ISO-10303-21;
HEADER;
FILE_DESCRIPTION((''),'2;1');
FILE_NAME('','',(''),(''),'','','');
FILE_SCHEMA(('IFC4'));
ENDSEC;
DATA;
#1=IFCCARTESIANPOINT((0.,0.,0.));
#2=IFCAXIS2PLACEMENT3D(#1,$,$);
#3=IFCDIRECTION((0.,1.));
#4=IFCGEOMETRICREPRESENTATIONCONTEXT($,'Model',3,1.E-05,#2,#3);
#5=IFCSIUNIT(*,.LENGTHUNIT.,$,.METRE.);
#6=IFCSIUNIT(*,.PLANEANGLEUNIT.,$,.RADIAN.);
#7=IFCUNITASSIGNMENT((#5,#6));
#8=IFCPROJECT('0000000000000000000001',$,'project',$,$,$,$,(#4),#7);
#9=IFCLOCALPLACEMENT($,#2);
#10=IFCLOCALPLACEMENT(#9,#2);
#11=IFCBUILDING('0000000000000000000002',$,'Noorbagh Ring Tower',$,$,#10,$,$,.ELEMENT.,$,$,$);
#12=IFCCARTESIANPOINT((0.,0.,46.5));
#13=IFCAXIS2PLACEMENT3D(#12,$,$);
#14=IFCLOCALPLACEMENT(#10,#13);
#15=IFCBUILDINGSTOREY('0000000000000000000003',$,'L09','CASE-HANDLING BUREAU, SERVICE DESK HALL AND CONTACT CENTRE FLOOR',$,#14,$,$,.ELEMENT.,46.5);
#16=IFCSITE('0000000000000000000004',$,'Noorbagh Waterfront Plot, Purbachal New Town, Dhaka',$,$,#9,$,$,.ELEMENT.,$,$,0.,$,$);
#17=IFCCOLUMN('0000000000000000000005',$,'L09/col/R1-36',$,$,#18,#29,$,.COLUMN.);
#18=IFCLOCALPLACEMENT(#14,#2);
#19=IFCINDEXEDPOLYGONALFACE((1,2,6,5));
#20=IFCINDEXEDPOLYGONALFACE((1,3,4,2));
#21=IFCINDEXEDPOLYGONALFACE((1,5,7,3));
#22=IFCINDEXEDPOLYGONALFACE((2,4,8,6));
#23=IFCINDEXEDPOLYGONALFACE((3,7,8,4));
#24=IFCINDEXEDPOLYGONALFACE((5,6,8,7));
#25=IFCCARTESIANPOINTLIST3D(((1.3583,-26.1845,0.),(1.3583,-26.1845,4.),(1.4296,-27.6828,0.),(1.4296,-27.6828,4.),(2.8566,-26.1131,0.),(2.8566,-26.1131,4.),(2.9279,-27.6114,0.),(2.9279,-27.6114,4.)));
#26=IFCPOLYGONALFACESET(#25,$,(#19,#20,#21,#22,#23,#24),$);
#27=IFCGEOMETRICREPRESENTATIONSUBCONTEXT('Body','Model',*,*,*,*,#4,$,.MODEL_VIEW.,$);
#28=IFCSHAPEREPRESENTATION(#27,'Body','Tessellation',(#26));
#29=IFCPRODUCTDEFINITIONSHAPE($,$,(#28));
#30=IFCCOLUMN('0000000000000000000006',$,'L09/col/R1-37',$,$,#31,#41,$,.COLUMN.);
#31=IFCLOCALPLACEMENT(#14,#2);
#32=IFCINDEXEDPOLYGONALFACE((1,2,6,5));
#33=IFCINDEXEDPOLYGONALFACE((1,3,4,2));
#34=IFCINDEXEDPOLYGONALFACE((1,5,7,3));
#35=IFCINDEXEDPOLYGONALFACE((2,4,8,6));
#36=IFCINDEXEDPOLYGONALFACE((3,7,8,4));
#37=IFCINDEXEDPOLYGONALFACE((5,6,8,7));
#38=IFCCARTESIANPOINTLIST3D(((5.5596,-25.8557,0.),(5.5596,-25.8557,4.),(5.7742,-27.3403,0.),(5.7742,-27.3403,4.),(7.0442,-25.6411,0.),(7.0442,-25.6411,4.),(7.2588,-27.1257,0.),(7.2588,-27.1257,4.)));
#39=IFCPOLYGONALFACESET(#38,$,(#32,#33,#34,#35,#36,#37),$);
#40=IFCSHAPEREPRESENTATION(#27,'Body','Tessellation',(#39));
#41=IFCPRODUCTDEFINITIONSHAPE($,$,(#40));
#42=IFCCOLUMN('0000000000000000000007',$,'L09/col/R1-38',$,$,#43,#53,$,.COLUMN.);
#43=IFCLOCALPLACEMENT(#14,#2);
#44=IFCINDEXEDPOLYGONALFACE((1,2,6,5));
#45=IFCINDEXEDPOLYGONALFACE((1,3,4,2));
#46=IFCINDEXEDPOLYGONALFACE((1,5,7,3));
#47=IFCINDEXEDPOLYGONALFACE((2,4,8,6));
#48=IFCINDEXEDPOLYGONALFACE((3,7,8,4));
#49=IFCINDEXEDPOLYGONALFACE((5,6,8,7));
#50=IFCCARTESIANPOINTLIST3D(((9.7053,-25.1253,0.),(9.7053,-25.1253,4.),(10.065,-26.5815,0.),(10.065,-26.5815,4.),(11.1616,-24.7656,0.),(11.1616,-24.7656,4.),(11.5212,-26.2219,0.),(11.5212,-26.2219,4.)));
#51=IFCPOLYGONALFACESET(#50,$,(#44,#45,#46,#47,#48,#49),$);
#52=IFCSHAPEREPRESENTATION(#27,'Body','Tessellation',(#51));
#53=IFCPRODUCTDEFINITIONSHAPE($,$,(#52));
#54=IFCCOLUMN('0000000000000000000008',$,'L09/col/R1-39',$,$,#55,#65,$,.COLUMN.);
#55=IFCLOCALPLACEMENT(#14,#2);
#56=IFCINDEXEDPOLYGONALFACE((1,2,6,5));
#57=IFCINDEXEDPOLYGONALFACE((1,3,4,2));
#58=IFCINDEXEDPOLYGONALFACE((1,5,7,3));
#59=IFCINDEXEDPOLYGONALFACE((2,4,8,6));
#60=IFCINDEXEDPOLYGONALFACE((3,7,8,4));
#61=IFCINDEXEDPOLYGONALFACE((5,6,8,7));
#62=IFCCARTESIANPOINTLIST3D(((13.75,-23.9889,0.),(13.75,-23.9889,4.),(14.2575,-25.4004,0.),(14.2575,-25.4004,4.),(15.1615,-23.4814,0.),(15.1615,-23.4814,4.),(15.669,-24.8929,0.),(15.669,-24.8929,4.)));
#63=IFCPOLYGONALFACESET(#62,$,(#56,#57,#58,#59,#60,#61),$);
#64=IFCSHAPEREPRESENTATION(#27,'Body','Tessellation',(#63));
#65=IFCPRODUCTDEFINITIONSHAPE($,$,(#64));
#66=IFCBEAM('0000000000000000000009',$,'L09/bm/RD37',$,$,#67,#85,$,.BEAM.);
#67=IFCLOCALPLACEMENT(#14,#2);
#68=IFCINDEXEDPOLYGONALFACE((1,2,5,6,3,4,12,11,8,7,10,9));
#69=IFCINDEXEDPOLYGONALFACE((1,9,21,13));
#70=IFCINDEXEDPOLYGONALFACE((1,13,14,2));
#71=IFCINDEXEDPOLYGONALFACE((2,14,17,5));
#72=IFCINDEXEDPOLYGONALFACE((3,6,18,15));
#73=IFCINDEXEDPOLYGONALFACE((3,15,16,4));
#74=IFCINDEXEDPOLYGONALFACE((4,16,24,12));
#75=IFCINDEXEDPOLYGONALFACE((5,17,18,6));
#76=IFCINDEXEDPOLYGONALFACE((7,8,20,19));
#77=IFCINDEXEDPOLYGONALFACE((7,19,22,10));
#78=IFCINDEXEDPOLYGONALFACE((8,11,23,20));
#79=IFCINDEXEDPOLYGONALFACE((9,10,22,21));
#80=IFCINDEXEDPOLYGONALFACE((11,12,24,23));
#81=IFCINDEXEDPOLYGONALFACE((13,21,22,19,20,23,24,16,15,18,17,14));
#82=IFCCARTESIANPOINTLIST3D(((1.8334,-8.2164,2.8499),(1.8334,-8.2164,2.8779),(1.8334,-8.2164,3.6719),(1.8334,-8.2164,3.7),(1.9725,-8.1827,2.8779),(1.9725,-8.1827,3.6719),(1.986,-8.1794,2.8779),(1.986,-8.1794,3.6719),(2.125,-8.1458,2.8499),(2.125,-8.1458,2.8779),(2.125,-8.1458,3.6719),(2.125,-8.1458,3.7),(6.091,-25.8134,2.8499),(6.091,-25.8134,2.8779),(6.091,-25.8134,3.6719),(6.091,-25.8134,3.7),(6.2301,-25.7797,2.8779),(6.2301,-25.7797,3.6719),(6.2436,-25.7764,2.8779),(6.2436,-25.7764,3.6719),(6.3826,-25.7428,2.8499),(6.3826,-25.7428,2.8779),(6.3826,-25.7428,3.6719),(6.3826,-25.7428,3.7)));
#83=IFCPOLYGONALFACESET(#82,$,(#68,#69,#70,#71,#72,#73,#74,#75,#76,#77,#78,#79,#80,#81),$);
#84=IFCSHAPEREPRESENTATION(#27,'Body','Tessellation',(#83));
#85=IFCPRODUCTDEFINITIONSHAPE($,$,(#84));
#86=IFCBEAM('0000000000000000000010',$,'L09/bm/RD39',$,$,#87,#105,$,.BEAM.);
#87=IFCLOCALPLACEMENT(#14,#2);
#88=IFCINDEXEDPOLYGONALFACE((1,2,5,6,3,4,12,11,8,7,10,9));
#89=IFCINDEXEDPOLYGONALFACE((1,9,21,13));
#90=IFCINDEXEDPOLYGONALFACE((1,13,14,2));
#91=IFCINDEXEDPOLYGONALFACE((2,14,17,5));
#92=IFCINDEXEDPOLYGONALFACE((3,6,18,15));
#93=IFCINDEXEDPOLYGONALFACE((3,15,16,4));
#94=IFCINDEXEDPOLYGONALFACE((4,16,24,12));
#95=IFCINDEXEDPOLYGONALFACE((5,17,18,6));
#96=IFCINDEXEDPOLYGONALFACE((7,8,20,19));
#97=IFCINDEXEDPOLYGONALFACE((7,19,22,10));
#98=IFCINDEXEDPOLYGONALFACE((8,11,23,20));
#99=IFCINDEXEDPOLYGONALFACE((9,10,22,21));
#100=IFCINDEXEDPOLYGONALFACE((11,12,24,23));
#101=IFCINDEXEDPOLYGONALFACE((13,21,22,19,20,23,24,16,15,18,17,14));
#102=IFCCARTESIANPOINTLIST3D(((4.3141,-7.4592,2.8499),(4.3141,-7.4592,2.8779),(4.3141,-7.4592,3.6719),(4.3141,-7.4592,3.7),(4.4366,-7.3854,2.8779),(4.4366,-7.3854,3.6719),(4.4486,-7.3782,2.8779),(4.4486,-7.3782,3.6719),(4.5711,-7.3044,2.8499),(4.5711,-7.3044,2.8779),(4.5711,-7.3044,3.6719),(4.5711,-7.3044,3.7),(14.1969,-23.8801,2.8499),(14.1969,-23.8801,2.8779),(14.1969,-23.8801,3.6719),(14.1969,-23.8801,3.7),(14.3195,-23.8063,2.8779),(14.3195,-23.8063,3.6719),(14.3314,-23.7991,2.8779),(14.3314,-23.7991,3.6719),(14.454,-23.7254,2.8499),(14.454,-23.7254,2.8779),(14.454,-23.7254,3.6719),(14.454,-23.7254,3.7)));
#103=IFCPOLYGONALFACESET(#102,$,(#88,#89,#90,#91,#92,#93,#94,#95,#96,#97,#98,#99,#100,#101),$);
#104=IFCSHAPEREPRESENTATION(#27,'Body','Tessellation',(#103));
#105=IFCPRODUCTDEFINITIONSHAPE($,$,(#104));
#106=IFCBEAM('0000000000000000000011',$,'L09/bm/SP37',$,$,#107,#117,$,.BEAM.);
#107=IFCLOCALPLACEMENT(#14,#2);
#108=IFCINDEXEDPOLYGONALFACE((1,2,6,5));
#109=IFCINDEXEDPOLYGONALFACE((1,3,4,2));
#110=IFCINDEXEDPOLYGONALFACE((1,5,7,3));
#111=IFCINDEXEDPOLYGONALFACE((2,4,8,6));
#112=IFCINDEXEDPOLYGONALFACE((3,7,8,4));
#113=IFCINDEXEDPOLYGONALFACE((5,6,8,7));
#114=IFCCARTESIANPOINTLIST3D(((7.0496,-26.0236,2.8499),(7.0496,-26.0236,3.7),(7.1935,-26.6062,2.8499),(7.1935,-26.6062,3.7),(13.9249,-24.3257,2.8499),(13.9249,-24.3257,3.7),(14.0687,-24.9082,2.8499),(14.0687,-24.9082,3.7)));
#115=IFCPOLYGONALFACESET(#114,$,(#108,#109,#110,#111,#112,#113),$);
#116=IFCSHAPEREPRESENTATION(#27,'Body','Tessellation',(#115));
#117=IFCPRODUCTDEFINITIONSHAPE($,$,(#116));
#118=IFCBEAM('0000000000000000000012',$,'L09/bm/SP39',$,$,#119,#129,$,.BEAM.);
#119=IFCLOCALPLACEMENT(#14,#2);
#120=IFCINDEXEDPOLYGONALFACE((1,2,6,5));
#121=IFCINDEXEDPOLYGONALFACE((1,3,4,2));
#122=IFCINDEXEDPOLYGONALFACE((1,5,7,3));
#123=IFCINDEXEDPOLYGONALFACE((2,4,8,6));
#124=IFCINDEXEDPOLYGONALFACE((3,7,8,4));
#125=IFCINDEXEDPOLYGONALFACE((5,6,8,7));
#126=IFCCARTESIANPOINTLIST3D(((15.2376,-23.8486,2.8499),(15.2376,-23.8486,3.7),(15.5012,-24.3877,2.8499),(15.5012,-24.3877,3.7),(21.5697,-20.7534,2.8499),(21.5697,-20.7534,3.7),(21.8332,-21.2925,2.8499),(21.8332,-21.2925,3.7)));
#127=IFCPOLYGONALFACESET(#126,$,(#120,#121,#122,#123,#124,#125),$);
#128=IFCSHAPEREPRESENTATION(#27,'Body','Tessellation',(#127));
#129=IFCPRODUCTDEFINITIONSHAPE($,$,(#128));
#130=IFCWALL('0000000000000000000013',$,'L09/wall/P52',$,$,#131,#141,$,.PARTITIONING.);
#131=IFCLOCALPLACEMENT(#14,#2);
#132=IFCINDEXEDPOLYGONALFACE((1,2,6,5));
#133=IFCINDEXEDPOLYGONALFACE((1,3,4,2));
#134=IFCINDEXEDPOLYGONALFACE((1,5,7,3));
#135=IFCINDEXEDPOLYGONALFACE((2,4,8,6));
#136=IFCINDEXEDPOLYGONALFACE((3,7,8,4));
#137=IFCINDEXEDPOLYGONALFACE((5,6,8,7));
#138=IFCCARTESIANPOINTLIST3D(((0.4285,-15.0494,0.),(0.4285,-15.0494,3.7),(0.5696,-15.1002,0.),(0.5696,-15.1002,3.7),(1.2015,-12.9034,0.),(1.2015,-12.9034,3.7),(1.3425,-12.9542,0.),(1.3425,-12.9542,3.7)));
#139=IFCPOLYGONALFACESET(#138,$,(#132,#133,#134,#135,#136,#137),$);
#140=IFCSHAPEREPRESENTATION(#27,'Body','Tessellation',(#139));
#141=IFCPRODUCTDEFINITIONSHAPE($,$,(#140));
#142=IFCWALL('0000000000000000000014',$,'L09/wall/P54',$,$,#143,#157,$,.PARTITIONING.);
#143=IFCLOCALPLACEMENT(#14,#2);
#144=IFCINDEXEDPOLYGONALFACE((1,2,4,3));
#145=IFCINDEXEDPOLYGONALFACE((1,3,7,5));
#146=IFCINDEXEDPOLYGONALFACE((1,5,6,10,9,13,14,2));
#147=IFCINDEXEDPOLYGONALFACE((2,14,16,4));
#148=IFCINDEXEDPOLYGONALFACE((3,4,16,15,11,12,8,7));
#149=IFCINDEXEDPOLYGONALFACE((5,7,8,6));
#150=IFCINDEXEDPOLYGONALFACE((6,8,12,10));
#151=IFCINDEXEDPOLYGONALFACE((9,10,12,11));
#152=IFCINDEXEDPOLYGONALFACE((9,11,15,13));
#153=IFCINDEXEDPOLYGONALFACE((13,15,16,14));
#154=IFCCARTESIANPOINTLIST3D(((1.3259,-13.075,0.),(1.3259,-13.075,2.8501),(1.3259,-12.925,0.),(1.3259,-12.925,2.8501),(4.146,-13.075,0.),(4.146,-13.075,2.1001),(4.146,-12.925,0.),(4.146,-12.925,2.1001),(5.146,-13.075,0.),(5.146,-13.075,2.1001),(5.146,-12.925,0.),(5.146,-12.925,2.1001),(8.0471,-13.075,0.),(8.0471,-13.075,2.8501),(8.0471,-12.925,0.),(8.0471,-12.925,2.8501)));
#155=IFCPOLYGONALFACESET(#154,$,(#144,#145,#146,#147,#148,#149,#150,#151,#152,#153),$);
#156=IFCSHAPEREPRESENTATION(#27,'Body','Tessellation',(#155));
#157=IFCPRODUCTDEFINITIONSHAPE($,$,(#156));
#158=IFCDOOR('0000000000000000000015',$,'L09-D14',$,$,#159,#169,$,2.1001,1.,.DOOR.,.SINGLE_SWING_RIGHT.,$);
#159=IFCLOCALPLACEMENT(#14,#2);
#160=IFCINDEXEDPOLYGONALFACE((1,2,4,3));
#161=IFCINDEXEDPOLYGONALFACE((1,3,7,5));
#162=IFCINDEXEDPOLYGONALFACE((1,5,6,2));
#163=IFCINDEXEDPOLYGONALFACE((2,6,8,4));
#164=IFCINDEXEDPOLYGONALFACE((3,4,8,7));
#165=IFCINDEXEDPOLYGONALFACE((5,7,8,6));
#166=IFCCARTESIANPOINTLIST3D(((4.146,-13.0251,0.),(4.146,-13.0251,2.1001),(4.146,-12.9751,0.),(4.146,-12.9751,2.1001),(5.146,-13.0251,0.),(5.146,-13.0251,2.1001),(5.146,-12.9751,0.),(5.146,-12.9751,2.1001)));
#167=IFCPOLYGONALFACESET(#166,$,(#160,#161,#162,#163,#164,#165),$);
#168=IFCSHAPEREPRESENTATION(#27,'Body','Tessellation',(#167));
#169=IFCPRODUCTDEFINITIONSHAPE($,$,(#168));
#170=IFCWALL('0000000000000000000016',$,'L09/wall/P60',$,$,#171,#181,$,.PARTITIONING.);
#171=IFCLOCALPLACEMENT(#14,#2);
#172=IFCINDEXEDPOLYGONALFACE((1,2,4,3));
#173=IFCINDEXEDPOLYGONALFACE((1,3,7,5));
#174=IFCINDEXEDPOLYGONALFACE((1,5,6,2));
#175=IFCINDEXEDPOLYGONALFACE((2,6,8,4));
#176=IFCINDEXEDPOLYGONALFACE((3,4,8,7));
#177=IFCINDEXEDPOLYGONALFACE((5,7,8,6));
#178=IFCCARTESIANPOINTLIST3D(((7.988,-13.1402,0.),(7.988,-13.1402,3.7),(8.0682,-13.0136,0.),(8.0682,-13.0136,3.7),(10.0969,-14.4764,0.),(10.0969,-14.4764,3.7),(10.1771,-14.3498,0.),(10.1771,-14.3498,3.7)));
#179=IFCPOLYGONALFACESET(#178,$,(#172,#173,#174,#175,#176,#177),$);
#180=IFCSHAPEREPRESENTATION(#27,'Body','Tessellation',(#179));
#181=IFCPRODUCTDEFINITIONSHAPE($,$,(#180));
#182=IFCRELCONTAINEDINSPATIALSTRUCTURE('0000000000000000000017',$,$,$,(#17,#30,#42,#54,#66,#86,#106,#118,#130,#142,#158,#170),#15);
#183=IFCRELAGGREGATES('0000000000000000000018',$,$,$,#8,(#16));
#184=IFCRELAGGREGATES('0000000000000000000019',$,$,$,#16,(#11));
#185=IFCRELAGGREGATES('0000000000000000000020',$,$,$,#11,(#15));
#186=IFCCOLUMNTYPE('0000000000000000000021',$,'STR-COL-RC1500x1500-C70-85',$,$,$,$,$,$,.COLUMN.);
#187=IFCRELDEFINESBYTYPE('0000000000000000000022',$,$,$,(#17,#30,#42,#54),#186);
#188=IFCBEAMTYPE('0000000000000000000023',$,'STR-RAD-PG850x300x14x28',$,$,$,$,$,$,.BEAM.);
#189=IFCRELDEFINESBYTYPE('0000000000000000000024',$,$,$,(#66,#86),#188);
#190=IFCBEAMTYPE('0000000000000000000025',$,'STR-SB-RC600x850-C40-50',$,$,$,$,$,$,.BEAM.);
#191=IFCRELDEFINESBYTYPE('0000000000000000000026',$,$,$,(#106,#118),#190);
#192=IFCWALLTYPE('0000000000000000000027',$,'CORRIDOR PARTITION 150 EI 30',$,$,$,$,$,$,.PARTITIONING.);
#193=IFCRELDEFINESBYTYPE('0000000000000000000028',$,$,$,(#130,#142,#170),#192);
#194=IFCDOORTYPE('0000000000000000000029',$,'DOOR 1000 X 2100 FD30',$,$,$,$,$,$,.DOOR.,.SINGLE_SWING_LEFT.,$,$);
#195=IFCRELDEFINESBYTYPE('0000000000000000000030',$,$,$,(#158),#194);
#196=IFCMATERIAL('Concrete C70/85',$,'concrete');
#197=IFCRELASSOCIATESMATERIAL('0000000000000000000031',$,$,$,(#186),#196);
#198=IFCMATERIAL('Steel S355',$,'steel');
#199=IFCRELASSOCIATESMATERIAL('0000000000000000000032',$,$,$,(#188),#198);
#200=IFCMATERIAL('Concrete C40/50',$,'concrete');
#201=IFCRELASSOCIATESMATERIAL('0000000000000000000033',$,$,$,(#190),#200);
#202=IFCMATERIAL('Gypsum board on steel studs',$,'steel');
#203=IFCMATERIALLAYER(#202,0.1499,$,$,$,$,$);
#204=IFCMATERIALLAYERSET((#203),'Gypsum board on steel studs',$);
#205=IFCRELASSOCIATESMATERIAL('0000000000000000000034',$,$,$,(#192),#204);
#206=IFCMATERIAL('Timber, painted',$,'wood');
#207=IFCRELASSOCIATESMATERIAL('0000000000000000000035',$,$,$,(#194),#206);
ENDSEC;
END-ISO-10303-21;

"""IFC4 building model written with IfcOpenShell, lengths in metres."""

from ifc_helpers import new_model, si_unit, direction, frame, frame_2d, origin, origin_2d, place, context, subcontext, project, spatial, rectangle, i_section, extrude, material, layer, layer_set, material_profile, profile_set, type_object, element, fill, save


model = new_model("IFC4")

# Units and contexts
model_context = context("Model", 3, precision=1e-05, world=origin(), true_north=direction((0.0, 1.0)))
body_context = subcontext(model_context, "Body", "Model", "MODEL_VIEW")
ifc_project = project(units=[si_unit("LENGTHUNIT", "METRE"), si_unit("PLANEANGLEUNIT", "RADIAN")], contexts=[model_context])

# Site, building, storey
site_placement = place(None, origin())
site = spatial("IfcSite", under=ifc_project, at=site_placement, Name="Noorbagh Waterfront Plot, Purbachal New Town, Dhaka", CompositionType="ELEMENT", RefElevation=0.0)
building_placement = place(site_placement, origin())
building = spatial("IfcBuilding", under=site, at=building_placement, Name="Noorbagh Ring Tower", CompositionType="ELEMENT")
storey_placement = place(building_placement, frame((0.0, 0.0, 46.5)))
storey = spatial("IfcBuildingStorey", under=building, at=storey_placement, Name="L09", Description="CASE-HANDLING BUREAU, SERVICE DESK HALL AND CONTACT CENTRE FLOOR", CompositionType="ELEMENT", Elevation=46.5)

# Columns
ifc_material_1 = material(Name="Concrete C70/85", Category="concrete")
ifc_material_profile_1 = material_profile(ifc_material_1, rectangle(XDim=1.5, YDim=1.5, at=origin_2d()), Name="RC1500x1500")
ifc_profile_set_1 = profile_set([ifc_material_profile_1], Name="Concrete C70/85")
column_type = type_object("IfcColumnType", Name="STR-COL-RC1500x1500-C70-85", PredefinedType="COLUMN", material=ifc_profile_set_1)
for number, where, z_axis, x_axis, name in (
    (1, (2.1431, -26.8979, 0.0), (0.0, 0.0, 1.0), (0.998869, 0.047553, 0.0), "L09/col/R1-36"),
    (2, (6.4092, -26.4907, 0.0), (0.0, 0.0, 1.0), (0.989713, 0.143066, 0.0), "L09/col/R1-37"),
    (3, (10.6133, -25.6736, 0.0), (0.0, 0.0, 1.0), (0.970829, 0.239771, 0.0), "L09/col/R1-38"),
    (4, (14.7095, -24.4409, 0.0), (0.0, 0.0, 1.0), (0.941025, 0.338338, 0.0), "L09/col/R1-39"),
):
    element("IfcColumn", number, at=place(storey_placement, frame(where, z_axis=z_axis, x_axis=x_axis)), inside=storey, type_object=column_type, Name=name, PredefinedType="COLUMN", context=body_context, shape_type="SweptSolid", body=[
        extrude(rectangle(XDim=1.5, YDim=1.5, at=origin_2d()), origin(), (0.0, 0.0, 1.0), 4.0),
    ])

# Beams
ifc_material_2 = material(Name="Steel S355", Category="steel")
ifc_material_profile_2 = material_profile(ifc_material_2, i_section(OverallWidth=0.3, OverallDepth=0.8501, WebThickness=0.0139, FlangeThickness=0.0281, at=origin_2d()), Name="PG850x300x14x28")
ifc_profile_set_2 = profile_set([ifc_material_profile_2], Name="Steel S355")
beam_type_1 = type_object("IfcBeamType", Name="STR-RAD-PG850x300x14x28", PredefinedType="BEAM", material=ifc_profile_set_2)
beam_1_placement = place(storey_placement, frame((6.2368, -25.7781, 3.2749), z_axis=(-0.235164, 0.971956, 0.0), x_axis=(-0.971956, -0.235164, 0.0)))
element("IfcBeam", 5, at=beam_1_placement, inside=storey, type_object=beam_type_1, Name="L09/bm/RD37", PredefinedType="BEAM", context=body_context, shape_type="SweptSolid", body=[
    extrude(i_section(OverallWidth=0.3, OverallDepth=0.8501, WebThickness=0.0139, FlangeThickness=0.0281, at=origin_2d()), origin(), (0.0, 0.0, 1.0), 18.1047),
])
beam_2_placement = place(storey_placement, frame((14.3254, -23.8027, 3.2749), z_axis=(-0.515657, 0.856795, 0.0), x_axis=(-0.856795, -0.515657, 0.0)))
element("IfcBeam", 6, at=beam_2_placement, inside=storey, type_object=beam_type_1, Name="L09/bm/RD39", PredefinedType="BEAM", context=body_context, shape_type="SweptSolid", body=[
    extrude(i_section(OverallWidth=0.3, OverallDepth=0.8501, WebThickness=0.0139, FlangeThickness=0.0281, at=origin_2d()), origin(), (0.0, 0.0, 1.0), 19.1655),
])
ifc_material_3 = material(Name="Concrete C40/50", Category="concrete")
ifc_material_profile_3 = material_profile(ifc_material_3, rectangle(XDim=0.6001, YDim=0.8501, at=origin_2d()), Name="RC600x850")
ifc_profile_set_3 = profile_set([ifc_material_profile_3], Name="Concrete C40/50")
beam_type_2 = type_object("IfcBeamType", Name="STR-SB-RC600x850-C40-50", PredefinedType="BEAM", material=ifc_profile_set_3)
beam_3_placement = place(storey_placement, frame((7.1216, -26.3149, 3.2749), z_axis=(0.97083, 0.239769, 0.0), x_axis=(-0.239769, 0.97083, 0.0)))
element("IfcBeam", 7, at=beam_3_placement, inside=storey, type_object=beam_type_2, Name="L09/bm/SP37", PredefinedType="BEAM", context=body_context, shape_type="SweptSolid", body=[
    extrude(rectangle(XDim=0.6001, YDim=0.8501, at=origin_2d()), origin(), (0.0, 0.0, 1.0), 7.0818),
])
beam_4_placement = place(storey_placement, frame((15.3694, -24.1182, 3.2749), z_axis=(0.898409, 0.439159, 0.0), x_axis=(-0.439159, 0.898409, 0.0)))
element("IfcBeam", 8, at=beam_4_placement, inside=storey, type_object=beam_type_2, Name="L09/bm/SP39", PredefinedType="BEAM", context=body_context, shape_type="SweptSolid", body=[
    extrude(rectangle(XDim=0.6001, YDim=0.8501, at=origin_2d()), origin(), (0.0, 0.0, 1.0), 7.0481),
])

# Wall
ifc_material_4 = material(Name="Gypsum board on steel studs", Category="steel")
ifc_layer_1 = layer(ifc_material_4, 0.1499)
ifc_layer_set_1 = layer_set([ifc_layer_1], Name="Gypsum board on steel studs")
wall_type_1 = type_object("IfcWallType", Name="CORRIDOR PARTITION 150 EI 30", PredefinedType="PARTITIONING", material=ifc_layer_set_1)
wall_1_placement = place(storey_placement, frame((0.499, -15.075, 0.0), z_axis=(0.0, 0.0, 1.0), x_axis=(0.338871, 0.940833, 0.0)))
element("IfcWall", 9, at=wall_1_placement, inside=storey, type_object=wall_type_1, Name="L09/wall/P52", PredefinedType="PARTITIONING", context=body_context, shape_type="SweptSolid", body=[
    extrude(rectangle(XDim=2.281, YDim=0.1499, at=frame_2d((1.1406, 0.0))), origin(), (0.0, 0.0, 1.0), 3.7),
])

# Wall, opening, door
wall_2_placement = place(storey_placement, frame((1.3259, -13.0, 0.0), z_axis=(0.0, 0.0, 1.0), x_axis=(1.0, 0.0, 0.0)))
wall_2 = element("IfcWall", 10, at=wall_2_placement, inside=storey, type_object=wall_type_1, Name="L09/wall/P54", PredefinedType="PARTITIONING", context=body_context, shape_type="SweptSolid", body=[
    extrude(rectangle(XDim=6.7212, YDim=0.1499, at=frame_2d((3.3606, 0.0))), origin(), (0.0, 0.0, 1.0), 2.8501),
])
opening_placement = place(wall_2_placement, frame((2.8201, 0.0, 0.0)))
opening = element("IfcOpeningElement", 11, at=opening_placement, cuts=wall_2, PredefinedType="OPENING", context=body_context, shape_type="SweptSolid", body=[
    extrude(rectangle(XDim=1.0, YDim=2.1001, at=frame_2d((0.5, 1.05))), frame((0.0, 0.085, 0.0), z_axis=(0.0, -1.0, 0.0), x_axis=(1.0, 0.0, 0.0)), (0.0, 0.0, 1.0), 0.1699),
])
ifc_material_5 = material(Name="Timber, painted", Category="wood")
door_type = type_object("IfcDoorType", Name="DOOR 1000 X 2100 FD30", OperationType="SINGLE_SWING_LEFT", PredefinedType="DOOR", material=ifc_material_5)
door_placement = place(opening_placement, origin())
door = element("IfcDoor", 12, at=door_placement, inside=storey, type_object=door_type, Name="L09-D14", OperationType="SINGLE_SWING_RIGHT", OverallHeight=2.1001, OverallWidth=1.0, PredefinedType="DOOR", context=body_context, shape_type="SweptSolid", body=[
    extrude(rectangle(XDim=1.0, YDim=2.1001, at=frame_2d((0.5, 1.05))), frame((0.0, 0.0249, 0.0), z_axis=(0.0, -1.0, 0.0), x_axis=(1.0, 0.0, 0.0)), (0.0, 0.0, 1.0), 0.05),
])
fill(opening, door)

# Wall
wall_3_placement = place(storey_placement, frame((8.0281, -13.0769, 0.0), z_axis=(0.0, 0.0, 1.0), x_axis=(0.844719, -0.53521, 0.0)))
element("IfcWall", 13, at=wall_3_placement, inside=storey, type_object=wall_type_1, Name="L09/wall/P60", PredefinedType="PARTITIONING", context=body_context, shape_type="SweptSolid", body=[
    extrude(rectangle(XDim=2.4966, YDim=0.1499, at=frame_2d((1.2483, 0.0))), origin(), (0.0, 0.0, 1.0), 3.7),
])

save(model, "model.ifc")
